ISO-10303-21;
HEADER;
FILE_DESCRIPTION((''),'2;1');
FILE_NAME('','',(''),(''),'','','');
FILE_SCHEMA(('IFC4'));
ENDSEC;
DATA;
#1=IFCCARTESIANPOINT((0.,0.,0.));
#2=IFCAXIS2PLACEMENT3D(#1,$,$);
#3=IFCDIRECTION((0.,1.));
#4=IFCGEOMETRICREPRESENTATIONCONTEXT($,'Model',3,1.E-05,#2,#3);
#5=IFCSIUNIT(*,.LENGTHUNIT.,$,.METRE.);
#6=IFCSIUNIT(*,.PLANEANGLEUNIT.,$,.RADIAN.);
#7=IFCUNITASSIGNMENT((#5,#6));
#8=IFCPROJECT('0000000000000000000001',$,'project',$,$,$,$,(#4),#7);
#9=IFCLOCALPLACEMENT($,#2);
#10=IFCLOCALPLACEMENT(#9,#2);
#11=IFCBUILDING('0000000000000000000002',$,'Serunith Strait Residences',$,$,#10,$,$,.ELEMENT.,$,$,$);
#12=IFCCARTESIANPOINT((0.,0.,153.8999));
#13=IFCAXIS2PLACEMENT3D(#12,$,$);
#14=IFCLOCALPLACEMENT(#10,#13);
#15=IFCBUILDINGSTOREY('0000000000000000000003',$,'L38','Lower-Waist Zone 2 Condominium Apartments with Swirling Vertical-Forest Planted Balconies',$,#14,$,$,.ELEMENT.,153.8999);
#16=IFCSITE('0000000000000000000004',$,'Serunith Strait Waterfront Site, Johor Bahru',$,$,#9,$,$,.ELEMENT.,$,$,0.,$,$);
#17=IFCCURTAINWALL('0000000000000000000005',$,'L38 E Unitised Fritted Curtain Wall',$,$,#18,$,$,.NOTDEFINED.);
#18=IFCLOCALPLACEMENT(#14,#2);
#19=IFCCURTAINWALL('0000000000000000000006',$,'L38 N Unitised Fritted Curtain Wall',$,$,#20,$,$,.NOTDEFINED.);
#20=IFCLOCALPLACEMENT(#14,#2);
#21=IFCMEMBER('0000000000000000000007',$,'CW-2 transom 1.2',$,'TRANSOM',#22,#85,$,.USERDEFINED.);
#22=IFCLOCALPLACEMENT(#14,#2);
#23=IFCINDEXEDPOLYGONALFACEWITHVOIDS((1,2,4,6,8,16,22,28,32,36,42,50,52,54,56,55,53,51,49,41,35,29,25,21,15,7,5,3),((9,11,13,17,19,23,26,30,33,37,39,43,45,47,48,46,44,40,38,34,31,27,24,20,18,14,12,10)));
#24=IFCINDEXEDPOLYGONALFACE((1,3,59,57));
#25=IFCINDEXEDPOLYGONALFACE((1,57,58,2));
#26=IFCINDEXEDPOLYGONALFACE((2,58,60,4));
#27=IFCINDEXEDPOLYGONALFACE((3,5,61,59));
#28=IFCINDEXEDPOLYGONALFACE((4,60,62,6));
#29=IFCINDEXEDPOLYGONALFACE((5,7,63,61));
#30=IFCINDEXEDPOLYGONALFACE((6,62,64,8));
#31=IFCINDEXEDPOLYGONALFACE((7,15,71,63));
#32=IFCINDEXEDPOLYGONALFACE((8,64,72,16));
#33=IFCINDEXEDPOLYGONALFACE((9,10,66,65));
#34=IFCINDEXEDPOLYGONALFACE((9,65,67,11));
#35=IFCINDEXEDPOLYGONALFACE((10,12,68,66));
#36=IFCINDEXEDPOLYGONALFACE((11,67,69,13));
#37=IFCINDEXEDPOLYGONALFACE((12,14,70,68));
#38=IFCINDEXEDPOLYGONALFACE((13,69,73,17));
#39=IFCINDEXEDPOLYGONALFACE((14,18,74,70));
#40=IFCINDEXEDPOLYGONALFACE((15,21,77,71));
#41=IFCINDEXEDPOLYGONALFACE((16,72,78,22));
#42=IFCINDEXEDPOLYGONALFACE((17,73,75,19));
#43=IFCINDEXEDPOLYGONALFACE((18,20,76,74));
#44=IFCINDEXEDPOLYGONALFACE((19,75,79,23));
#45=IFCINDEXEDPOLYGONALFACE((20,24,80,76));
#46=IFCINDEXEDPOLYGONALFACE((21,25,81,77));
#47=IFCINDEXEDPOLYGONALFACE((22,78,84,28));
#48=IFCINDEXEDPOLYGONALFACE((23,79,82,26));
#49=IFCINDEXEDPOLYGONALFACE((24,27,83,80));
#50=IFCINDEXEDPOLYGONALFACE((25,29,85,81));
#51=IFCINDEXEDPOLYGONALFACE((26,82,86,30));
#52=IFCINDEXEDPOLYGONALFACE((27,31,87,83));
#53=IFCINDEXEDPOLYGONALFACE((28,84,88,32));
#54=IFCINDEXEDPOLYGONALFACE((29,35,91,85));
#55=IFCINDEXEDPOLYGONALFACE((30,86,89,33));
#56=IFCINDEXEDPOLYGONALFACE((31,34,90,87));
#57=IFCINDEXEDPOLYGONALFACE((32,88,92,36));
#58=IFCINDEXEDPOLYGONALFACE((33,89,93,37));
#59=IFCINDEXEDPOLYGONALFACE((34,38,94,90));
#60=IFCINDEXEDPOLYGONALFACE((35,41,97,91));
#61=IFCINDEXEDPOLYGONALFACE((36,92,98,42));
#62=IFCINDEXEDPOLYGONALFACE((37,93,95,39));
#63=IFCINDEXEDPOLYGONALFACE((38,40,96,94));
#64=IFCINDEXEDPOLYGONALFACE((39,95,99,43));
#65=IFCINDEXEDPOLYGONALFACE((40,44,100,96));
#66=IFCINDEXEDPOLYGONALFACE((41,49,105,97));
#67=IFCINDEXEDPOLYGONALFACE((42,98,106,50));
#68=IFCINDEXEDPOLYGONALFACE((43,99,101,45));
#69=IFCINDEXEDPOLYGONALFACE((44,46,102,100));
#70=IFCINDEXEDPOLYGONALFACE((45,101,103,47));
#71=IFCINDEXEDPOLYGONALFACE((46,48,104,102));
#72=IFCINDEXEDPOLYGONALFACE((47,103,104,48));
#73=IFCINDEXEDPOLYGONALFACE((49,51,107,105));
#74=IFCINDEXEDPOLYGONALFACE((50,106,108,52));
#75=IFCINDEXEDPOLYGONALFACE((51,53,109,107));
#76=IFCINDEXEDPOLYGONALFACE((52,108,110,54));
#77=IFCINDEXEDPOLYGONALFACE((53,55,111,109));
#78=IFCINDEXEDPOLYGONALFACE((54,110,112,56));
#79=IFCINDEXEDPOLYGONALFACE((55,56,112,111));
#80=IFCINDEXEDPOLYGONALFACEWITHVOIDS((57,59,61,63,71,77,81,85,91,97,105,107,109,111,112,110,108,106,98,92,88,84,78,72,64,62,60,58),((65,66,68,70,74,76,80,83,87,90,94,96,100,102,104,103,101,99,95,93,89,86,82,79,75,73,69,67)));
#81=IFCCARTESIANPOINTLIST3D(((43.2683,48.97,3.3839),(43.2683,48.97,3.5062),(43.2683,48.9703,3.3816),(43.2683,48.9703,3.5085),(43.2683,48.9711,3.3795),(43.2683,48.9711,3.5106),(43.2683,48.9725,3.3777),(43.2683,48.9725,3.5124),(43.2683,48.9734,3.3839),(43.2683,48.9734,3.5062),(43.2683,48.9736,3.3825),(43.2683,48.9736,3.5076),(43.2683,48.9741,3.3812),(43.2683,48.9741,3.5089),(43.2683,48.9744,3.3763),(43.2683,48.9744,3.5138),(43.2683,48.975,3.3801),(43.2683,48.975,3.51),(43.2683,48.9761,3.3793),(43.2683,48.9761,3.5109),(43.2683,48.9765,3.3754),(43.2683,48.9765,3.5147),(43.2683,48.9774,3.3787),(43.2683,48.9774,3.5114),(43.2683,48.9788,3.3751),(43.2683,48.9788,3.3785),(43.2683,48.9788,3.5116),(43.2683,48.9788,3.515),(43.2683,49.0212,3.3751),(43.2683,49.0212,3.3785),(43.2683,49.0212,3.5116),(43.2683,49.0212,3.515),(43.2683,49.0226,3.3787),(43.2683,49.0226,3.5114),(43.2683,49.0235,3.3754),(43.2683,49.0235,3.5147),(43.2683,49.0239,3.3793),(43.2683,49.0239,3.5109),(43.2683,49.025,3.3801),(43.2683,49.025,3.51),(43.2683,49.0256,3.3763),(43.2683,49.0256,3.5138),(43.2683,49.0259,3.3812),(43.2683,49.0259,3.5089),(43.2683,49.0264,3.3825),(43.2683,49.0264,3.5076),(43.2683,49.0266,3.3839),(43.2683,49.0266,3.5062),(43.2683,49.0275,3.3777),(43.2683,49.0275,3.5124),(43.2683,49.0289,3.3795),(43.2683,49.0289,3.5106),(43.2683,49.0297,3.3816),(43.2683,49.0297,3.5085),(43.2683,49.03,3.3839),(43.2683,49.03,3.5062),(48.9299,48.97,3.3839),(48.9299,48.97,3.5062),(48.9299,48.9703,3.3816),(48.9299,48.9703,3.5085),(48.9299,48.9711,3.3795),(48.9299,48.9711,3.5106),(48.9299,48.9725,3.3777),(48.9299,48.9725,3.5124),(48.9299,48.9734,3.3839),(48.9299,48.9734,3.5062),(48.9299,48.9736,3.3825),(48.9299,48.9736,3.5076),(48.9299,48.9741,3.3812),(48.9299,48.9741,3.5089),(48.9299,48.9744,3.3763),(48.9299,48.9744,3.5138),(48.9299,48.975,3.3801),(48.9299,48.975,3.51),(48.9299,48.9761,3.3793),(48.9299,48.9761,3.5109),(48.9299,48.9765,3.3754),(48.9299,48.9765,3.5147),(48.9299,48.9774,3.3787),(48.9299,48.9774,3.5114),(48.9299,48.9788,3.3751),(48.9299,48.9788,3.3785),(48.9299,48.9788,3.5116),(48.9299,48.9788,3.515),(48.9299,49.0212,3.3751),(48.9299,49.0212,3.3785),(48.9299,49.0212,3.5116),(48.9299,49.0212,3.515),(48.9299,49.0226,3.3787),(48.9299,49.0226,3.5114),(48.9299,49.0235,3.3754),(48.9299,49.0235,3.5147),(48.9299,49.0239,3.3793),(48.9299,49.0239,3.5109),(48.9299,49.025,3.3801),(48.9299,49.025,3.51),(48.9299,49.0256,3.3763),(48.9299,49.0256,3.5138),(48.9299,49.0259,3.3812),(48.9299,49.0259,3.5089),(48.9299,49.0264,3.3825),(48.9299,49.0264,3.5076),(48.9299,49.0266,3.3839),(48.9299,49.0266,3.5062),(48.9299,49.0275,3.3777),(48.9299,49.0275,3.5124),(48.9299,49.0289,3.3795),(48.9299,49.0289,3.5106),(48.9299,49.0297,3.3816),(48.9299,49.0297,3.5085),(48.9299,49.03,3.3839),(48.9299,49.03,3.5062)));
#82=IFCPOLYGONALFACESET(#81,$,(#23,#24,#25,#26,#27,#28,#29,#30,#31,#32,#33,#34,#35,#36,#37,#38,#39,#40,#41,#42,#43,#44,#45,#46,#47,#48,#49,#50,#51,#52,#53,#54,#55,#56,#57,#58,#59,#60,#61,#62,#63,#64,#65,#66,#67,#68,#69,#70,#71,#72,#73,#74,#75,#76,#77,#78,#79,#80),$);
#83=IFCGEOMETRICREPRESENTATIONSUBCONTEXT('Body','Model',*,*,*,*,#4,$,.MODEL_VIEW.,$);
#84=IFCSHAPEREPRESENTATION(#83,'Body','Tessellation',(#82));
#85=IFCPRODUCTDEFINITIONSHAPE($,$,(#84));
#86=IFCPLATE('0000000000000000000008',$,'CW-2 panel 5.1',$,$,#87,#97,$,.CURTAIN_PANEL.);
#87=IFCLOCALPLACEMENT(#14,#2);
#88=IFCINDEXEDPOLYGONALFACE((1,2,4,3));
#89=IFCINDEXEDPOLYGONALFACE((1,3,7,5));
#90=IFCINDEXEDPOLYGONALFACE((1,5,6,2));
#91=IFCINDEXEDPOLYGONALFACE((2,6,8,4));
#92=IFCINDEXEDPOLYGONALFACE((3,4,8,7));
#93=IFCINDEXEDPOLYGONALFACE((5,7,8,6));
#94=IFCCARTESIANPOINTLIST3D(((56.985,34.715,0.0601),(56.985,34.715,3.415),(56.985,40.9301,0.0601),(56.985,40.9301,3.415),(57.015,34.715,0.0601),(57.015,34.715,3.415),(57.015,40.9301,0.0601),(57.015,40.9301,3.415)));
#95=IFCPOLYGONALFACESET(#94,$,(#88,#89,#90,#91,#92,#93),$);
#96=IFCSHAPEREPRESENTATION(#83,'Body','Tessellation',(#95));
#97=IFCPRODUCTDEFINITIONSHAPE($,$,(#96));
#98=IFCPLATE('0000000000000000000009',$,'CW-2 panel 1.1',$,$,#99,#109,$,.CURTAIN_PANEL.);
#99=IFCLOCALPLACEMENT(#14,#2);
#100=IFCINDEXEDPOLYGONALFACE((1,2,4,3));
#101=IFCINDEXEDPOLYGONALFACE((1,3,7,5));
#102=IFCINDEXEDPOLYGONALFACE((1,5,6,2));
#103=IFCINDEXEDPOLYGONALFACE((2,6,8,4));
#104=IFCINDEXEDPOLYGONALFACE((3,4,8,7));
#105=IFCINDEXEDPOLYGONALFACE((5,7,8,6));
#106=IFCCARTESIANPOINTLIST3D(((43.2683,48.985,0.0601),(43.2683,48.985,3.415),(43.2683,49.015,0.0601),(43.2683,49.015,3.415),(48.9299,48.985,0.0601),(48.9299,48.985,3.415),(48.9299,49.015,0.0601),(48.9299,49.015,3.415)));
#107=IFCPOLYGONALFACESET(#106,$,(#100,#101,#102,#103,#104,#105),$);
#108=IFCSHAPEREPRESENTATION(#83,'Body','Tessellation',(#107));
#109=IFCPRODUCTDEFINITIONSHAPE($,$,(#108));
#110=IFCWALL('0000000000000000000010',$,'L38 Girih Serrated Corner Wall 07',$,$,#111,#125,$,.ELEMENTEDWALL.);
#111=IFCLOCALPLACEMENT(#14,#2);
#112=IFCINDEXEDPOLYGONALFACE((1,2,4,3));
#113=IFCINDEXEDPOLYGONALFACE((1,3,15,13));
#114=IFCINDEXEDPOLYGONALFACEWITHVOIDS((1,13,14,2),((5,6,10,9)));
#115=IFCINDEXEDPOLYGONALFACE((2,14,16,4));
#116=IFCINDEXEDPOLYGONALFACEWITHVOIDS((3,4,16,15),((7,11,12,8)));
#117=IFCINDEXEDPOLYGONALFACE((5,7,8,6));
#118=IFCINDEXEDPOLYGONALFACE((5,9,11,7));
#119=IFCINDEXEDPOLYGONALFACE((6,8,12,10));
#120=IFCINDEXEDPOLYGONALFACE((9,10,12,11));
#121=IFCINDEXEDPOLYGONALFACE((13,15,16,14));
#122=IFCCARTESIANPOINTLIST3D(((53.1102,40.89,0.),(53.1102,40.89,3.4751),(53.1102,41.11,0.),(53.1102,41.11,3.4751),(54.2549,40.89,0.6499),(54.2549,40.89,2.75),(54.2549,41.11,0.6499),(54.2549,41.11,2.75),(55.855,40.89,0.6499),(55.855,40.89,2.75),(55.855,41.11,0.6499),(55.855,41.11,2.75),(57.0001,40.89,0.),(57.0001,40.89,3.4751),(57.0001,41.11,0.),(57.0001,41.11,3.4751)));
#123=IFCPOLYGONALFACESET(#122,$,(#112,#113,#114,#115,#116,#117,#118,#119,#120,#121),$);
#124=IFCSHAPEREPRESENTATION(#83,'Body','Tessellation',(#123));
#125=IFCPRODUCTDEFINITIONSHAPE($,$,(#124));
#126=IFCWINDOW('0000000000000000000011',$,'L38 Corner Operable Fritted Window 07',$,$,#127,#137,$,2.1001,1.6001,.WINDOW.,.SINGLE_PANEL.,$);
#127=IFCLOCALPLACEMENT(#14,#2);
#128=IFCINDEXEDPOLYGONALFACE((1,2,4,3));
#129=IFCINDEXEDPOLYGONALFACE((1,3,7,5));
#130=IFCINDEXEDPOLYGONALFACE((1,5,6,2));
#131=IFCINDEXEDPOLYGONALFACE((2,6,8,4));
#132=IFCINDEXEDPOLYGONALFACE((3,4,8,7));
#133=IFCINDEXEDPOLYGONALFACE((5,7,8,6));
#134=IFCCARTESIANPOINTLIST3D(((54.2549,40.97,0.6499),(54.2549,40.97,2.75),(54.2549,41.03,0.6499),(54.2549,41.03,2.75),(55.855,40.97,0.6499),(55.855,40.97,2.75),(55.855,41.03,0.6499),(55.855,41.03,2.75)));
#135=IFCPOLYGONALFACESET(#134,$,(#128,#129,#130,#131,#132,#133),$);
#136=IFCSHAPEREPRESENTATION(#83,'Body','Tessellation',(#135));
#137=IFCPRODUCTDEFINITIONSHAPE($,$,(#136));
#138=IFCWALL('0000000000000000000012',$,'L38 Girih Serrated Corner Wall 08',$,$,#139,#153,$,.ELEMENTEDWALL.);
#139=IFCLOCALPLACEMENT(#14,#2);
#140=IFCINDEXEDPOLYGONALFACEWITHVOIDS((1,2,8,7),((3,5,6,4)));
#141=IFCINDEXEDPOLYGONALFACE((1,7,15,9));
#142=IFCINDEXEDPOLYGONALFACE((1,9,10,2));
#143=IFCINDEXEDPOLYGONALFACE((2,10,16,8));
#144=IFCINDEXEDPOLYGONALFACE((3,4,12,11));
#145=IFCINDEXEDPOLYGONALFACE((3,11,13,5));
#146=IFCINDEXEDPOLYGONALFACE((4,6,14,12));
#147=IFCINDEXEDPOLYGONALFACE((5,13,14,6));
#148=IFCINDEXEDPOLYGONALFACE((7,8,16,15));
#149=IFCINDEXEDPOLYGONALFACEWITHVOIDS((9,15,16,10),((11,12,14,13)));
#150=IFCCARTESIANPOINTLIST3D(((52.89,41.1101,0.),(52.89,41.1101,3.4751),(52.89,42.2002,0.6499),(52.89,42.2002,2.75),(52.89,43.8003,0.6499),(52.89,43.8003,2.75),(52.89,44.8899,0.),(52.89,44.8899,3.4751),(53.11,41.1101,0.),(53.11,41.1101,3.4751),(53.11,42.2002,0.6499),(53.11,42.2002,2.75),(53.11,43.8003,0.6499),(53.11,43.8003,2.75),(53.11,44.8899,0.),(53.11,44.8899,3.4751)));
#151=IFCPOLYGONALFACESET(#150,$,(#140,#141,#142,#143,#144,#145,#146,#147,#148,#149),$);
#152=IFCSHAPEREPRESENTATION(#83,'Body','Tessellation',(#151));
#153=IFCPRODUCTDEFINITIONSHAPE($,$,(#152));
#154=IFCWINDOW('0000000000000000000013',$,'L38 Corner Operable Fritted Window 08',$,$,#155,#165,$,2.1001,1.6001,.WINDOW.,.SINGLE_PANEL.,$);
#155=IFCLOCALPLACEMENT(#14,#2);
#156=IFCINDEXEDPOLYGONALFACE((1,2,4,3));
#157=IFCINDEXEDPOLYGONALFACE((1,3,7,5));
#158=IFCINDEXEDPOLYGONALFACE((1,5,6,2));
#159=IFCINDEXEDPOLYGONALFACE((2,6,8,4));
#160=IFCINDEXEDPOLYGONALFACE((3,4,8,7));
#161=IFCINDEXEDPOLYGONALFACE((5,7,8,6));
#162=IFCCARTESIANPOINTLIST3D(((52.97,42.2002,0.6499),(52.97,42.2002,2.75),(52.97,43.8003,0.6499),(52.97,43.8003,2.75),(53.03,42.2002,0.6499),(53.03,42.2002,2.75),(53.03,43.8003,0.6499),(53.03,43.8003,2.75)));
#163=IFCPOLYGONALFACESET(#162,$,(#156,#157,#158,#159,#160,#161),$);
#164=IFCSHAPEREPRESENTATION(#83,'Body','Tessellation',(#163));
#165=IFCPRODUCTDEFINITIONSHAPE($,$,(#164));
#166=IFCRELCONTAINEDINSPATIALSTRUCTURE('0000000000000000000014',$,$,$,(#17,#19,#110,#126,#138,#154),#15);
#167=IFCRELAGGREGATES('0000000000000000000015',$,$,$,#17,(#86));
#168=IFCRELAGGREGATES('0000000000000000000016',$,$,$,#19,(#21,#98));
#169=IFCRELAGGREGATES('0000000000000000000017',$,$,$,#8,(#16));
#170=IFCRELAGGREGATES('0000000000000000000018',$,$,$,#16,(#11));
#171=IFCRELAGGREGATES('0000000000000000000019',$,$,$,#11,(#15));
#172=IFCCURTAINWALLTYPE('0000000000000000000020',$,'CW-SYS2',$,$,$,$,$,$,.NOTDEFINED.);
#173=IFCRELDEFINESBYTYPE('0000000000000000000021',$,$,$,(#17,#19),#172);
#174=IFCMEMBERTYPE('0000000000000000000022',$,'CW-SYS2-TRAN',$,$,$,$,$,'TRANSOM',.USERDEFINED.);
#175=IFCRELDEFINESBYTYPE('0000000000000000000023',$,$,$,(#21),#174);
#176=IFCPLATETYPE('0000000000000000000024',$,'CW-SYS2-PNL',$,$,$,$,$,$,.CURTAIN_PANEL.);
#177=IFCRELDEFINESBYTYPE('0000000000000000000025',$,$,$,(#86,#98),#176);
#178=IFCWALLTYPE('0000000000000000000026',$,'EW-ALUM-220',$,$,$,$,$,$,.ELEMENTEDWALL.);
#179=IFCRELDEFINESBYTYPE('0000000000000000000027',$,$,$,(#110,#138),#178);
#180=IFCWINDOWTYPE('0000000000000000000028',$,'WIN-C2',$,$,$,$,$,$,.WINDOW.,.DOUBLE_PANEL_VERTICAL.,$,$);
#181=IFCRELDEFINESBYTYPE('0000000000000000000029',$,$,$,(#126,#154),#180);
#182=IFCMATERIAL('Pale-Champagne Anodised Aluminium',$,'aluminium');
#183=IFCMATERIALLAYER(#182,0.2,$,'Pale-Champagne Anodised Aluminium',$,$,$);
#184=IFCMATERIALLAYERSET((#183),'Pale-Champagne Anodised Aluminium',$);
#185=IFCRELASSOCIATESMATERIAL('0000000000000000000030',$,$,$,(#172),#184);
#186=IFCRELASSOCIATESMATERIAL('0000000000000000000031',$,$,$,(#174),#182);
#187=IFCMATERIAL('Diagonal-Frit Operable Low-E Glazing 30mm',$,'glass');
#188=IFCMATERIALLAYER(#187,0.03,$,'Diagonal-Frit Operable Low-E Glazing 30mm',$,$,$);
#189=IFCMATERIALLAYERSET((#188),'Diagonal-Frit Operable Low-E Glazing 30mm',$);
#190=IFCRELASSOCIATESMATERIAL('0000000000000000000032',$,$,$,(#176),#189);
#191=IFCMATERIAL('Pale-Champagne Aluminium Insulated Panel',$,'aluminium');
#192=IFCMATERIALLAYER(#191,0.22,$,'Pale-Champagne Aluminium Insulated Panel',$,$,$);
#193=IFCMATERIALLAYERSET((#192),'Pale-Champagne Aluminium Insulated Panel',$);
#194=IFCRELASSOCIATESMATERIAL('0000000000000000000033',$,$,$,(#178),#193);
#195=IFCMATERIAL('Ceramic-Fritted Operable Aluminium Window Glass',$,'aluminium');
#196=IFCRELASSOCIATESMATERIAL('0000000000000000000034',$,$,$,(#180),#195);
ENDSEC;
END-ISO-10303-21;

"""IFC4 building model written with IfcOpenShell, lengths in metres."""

from ifc_helpers import new_model, si_unit, direction, frame, frame_2d, origin, origin_2d, place, context, subcontext, project, spatial, rectangle, hollow_rectangle, extrude, source, transform, mapped, material, layer, layer_set, material_profile, profile_set, type_object, element, fill, aggregate, save


model = new_model("IFC4")

# Units and contexts
model_context = context("Model", 3, precision=1e-05, world=origin(), true_north=direction((0.0, 1.0)))
body_context = subcontext(model_context, "Body", "Model", "MODEL_VIEW")
ifc_project = project(units=[si_unit("LENGTHUNIT", "METRE"), si_unit("PLANEANGLEUNIT", "RADIAN")], contexts=[model_context])

# Site, building, storey
site_placement = place(None, origin())
site = spatial("IfcSite", under=ifc_project, at=site_placement, Name="Serunith Strait Waterfront Site, Johor Bahru", CompositionType="ELEMENT", RefElevation=0.0)
building_placement = place(site_placement, origin())
building = spatial("IfcBuilding", under=site, at=building_placement, Name="Serunith Strait Residences", CompositionType="ELEMENT")
storey_placement = place(building_placement, frame((0.0, 0.0, 153.8999)))
storey = spatial("IfcBuildingStorey", under=building, at=storey_placement, Name="L38", Description="Lower-Waist Zone 2 Condominium Apartments with Swirling Vertical-Forest Planted Balconies", CompositionType="ELEMENT", Elevation=153.8999)

# Curtain wall
ifc_material_1 = material(Name="Pale-Champagne Anodised Aluminium", Category="aluminium")
ifc_layer_1 = layer(ifc_material_1, 0.2, Name="Pale-Champagne Anodised Aluminium")
ifc_layer_set_1 = layer_set([ifc_layer_1], Name="Pale-Champagne Anodised Aluminium")
curtain_wall_type = type_object("IfcCurtainWallType", Name="CW-SYS2", PredefinedType="NOTDEFINED", material=ifc_layer_set_1)
curtain_wall_1_placement = place(storey_placement, origin())
curtain_wall_1 = element("IfcCurtainWall", 1, at=curtain_wall_1_placement, inside=storey, type_object=curtain_wall_type, Name="L38 E Unitised Fritted Curtain Wall", PredefinedType="NOTDEFINED")

# Curtain wall, member
curtain_wall_2_placement = place(storey_placement, origin())
curtain_wall_2 = element("IfcCurtainWall", 2, at=curtain_wall_2_placement, inside=storey, type_object=curtain_wall_type, Name="L38 N Unitised Fritted Curtain Wall", PredefinedType="NOTDEFINED")
ifc_material_profile_1 = material_profile(ifc_material_1, hollow_rectangle(XDim=0.0601, YDim=0.1399, WallThickness=0.0034, InnerFilletRadius=0.0054, OuterFilletRadius=0.0088, at=origin_2d()), Name="ALU 140x60x3.5")
ifc_profile_set_1 = profile_set([ifc_material_profile_1], Name="Pale-Champagne Anodised Aluminium")
member_type_1 = type_object("IfcMemberType", Name="CW-SYS2-TRAN", ElementType="TRANSOM", PredefinedType="USERDEFINED", material=ifc_profile_set_1)
shared_shape_1 = source(origin(), body_context, "Body", "SweptSolid", [
    extrude(hollow_rectangle(XDim=0.0601, YDim=0.1399, WallThickness=0.0034, InnerFilletRadius=0.0054, OuterFilletRadius=0.0088, at=origin_2d()), origin(), (0.0, 0.0, 1.0), 5.6616),
])
member_1_placement = place(storey_placement, frame((48.9299, 49.0, 3.4451), z_axis=(-1.0, 0.0, 0.0), x_axis=(0.0, -1.0, 0.0)))
member_1 = element("IfcMember", 3, at=member_1_placement, type_object=member_type_1, Name="CW-2 transom 1.2", ObjectType="TRANSOM", PredefinedType="USERDEFINED", context=body_context, shape_type="MappedRepresentation", body=[
    mapped(shared_shape_1, transform((0.0, 0.0, 0.0), scale=1.0)),
])

# Plates
ifc_material_2 = material(Name="Diagonal-Frit Operable Low-E Glazing 30mm", Category="glass")
ifc_layer_2 = layer(ifc_material_2, 0.03, Name="Diagonal-Frit Operable Low-E Glazing 30mm")
ifc_layer_set_2 = layer_set([ifc_layer_2], Name="Diagonal-Frit Operable Low-E Glazing 30mm")
plate_type = type_object("IfcPlateType", Name="CW-SYS2-PNL", PredefinedType="CURTAIN_PANEL", material=ifc_layer_set_2)
shared_shape_2 = source(origin(), body_context, "Body", "SweptSolid", [
    extrude(rectangle(XDim=6.2151, YDim=0.03, at=origin_2d()), origin(), (0.0, 0.0, 1.0), 3.355),
])
plate_1_placement = place(storey_placement, frame((57.0, 37.8225, 0.0601), z_axis=(0.0, 0.0, 1.0), x_axis=(0.0, 1.0, 0.0)))
plate_1 = element("IfcPlate", 4, at=plate_1_placement, type_object=plate_type, Name="CW-2 panel 5.1", PredefinedType="CURTAIN_PANEL", context=body_context, shape_type="MappedRepresentation", body=[
    mapped(shared_shape_2, transform((0.0, 0.0, 0.0), scale=1.0)),
])
aggregate(curtain_wall_1, [plate_1])
shared_shape_3 = source(origin(), body_context, "Body", "SweptSolid", [
    extrude(rectangle(XDim=5.6616, YDim=0.03, at=origin_2d()), origin(), (0.0, 0.0, 1.0), 3.355),
])
plate_2_placement = place(storey_placement, frame((46.0991, 49.0, 0.0601), z_axis=(0.0, 0.0, 1.0), x_axis=(-1.0, 0.0, 0.0)))
plate_2 = element("IfcPlate", 5, at=plate_2_placement, type_object=plate_type, Name="CW-2 panel 1.1", PredefinedType="CURTAIN_PANEL", context=body_context, shape_type="MappedRepresentation", body=[
    mapped(shared_shape_3, transform((0.0, 0.0, 0.0), scale=1.0)),
])
aggregate(curtain_wall_2, [member_1, plate_2])

# Walls, openings, windows
ifc_material_3 = material(Name="Pale-Champagne Aluminium Insulated Panel", Category="aluminium")
ifc_layer_3 = layer(ifc_material_3, 0.22, Name="Pale-Champagne Aluminium Insulated Panel")
ifc_layer_set_3 = layer_set([ifc_layer_3], Name="Pale-Champagne Aluminium Insulated Panel")
wall_type_1 = type_object("IfcWallType", Name="EW-ALUM-220", PredefinedType="ELEMENTEDWALL", material=ifc_layer_set_3)
wall_1_placement = place(storey_placement, frame((57.0, 41.0, 0.0), z_axis=(0.0, 0.0, 1.0), x_axis=(-1.0, 0.0, 0.0)))
wall_1 = element("IfcWall", 6, at=wall_1_placement, inside=storey, type_object=wall_type_1, Name="L38 Girih Serrated Corner Wall 07", PredefinedType="ELEMENTEDWALL", context=body_context, shape_type="SweptSolid", body=[
    extrude(rectangle(XDim=3.8899, YDim=0.22, at=frame_2d((1.9448, 0.0))), origin(), (0.0, 0.0, 1.0), 3.4751),
])
opening_1_placement = place(wall_1_placement, frame((1.145, 0.0, 0.6499)))
opening_1 = element("IfcOpeningElement", 7, at=opening_1_placement, cuts=wall_1, PredefinedType="OPENING", context=body_context, shape_type="SweptSolid", body=[
    extrude(rectangle(XDim=1.6001, YDim=2.1001, at=frame_2d((0.8, 1.05))), frame((0.0, 0.1201, 0.0), z_axis=(0.0, -1.0, 0.0), x_axis=(1.0, 0.0, 0.0)), (0.0, 0.0, 1.0), 0.24),
])
ifc_material_4 = material(Name="Ceramic-Fritted Operable Aluminium Window Glass", Category="aluminium")
window_type = type_object("IfcWindowType", Name="WIN-C2", PartitioningType="DOUBLE_PANEL_VERTICAL", PredefinedType="WINDOW", material=ifc_material_4)
shared_shape_4 = source(origin(), body_context, "Body", "SweptSolid", [
    extrude(rectangle(XDim=1.6001, YDim=2.1001, at=frame_2d((0.8, 1.05))), frame((0.0, 0.03, 0.0), z_axis=(0.0, -1.0, 0.0), x_axis=(1.0, 0.0, 0.0)), (0.0, 0.0, 1.0), 0.0601),
])
window_1_placement = place(opening_1_placement, origin())
window_1 = element("IfcWindow", 8, at=window_1_placement, inside=storey, type_object=window_type, Name="L38 Corner Operable Fritted Window 07", OverallHeight=2.1001, OverallWidth=1.6001, PartitioningType="SINGLE_PANEL", PredefinedType="WINDOW", context=body_context, shape_type="MappedRepresentation", body=[
    mapped(shared_shape_4, transform((0.0, 0.0, 0.0), scale=1.0)),
])
fill(opening_1, window_1)
wall_2_placement = place(storey_placement, frame((53.0, 41.1101, 0.0), z_axis=(0.0, 0.0, 1.0), x_axis=(0.0, 1.0, 0.0)))
wall_2 = element("IfcWall", 9, at=wall_2_placement, inside=storey, type_object=wall_type_1, Name="L38 Girih Serrated Corner Wall 08", PredefinedType="ELEMENTEDWALL", context=body_context, shape_type="SweptSolid", body=[
    extrude(rectangle(XDim=3.7798, YDim=0.22, at=frame_2d((1.8899, 0.0))), origin(), (0.0, 0.0, 1.0), 3.4751),
])
opening_2_placement = place(wall_2_placement, frame((1.0901, 0.0, 0.6499)))
opening_2 = element("IfcOpeningElement", 10, at=opening_2_placement, cuts=wall_2, PredefinedType="OPENING", context=body_context, shape_type="SweptSolid", body=[
    extrude(rectangle(XDim=1.6001, YDim=2.1001, at=frame_2d((0.8, 1.05))), frame((0.0, 0.1201, 0.0), z_axis=(0.0, -1.0, 0.0), x_axis=(1.0, 0.0, 0.0)), (0.0, 0.0, 1.0), 0.24),
])
window_2_placement = place(opening_2_placement, origin())
window_2 = element("IfcWindow", 11, at=window_2_placement, inside=storey, type_object=window_type, Name="L38 Corner Operable Fritted Window 08", OverallHeight=2.1001, OverallWidth=1.6001, PartitioningType="SINGLE_PANEL", PredefinedType="WINDOW", context=body_context, shape_type="MappedRepresentation", body=[
    mapped(shared_shape_4, transform((0.0, 0.0, 0.0), scale=1.0)),
])
fill(opening_2, window_2)

save(model, "model.ifc")
